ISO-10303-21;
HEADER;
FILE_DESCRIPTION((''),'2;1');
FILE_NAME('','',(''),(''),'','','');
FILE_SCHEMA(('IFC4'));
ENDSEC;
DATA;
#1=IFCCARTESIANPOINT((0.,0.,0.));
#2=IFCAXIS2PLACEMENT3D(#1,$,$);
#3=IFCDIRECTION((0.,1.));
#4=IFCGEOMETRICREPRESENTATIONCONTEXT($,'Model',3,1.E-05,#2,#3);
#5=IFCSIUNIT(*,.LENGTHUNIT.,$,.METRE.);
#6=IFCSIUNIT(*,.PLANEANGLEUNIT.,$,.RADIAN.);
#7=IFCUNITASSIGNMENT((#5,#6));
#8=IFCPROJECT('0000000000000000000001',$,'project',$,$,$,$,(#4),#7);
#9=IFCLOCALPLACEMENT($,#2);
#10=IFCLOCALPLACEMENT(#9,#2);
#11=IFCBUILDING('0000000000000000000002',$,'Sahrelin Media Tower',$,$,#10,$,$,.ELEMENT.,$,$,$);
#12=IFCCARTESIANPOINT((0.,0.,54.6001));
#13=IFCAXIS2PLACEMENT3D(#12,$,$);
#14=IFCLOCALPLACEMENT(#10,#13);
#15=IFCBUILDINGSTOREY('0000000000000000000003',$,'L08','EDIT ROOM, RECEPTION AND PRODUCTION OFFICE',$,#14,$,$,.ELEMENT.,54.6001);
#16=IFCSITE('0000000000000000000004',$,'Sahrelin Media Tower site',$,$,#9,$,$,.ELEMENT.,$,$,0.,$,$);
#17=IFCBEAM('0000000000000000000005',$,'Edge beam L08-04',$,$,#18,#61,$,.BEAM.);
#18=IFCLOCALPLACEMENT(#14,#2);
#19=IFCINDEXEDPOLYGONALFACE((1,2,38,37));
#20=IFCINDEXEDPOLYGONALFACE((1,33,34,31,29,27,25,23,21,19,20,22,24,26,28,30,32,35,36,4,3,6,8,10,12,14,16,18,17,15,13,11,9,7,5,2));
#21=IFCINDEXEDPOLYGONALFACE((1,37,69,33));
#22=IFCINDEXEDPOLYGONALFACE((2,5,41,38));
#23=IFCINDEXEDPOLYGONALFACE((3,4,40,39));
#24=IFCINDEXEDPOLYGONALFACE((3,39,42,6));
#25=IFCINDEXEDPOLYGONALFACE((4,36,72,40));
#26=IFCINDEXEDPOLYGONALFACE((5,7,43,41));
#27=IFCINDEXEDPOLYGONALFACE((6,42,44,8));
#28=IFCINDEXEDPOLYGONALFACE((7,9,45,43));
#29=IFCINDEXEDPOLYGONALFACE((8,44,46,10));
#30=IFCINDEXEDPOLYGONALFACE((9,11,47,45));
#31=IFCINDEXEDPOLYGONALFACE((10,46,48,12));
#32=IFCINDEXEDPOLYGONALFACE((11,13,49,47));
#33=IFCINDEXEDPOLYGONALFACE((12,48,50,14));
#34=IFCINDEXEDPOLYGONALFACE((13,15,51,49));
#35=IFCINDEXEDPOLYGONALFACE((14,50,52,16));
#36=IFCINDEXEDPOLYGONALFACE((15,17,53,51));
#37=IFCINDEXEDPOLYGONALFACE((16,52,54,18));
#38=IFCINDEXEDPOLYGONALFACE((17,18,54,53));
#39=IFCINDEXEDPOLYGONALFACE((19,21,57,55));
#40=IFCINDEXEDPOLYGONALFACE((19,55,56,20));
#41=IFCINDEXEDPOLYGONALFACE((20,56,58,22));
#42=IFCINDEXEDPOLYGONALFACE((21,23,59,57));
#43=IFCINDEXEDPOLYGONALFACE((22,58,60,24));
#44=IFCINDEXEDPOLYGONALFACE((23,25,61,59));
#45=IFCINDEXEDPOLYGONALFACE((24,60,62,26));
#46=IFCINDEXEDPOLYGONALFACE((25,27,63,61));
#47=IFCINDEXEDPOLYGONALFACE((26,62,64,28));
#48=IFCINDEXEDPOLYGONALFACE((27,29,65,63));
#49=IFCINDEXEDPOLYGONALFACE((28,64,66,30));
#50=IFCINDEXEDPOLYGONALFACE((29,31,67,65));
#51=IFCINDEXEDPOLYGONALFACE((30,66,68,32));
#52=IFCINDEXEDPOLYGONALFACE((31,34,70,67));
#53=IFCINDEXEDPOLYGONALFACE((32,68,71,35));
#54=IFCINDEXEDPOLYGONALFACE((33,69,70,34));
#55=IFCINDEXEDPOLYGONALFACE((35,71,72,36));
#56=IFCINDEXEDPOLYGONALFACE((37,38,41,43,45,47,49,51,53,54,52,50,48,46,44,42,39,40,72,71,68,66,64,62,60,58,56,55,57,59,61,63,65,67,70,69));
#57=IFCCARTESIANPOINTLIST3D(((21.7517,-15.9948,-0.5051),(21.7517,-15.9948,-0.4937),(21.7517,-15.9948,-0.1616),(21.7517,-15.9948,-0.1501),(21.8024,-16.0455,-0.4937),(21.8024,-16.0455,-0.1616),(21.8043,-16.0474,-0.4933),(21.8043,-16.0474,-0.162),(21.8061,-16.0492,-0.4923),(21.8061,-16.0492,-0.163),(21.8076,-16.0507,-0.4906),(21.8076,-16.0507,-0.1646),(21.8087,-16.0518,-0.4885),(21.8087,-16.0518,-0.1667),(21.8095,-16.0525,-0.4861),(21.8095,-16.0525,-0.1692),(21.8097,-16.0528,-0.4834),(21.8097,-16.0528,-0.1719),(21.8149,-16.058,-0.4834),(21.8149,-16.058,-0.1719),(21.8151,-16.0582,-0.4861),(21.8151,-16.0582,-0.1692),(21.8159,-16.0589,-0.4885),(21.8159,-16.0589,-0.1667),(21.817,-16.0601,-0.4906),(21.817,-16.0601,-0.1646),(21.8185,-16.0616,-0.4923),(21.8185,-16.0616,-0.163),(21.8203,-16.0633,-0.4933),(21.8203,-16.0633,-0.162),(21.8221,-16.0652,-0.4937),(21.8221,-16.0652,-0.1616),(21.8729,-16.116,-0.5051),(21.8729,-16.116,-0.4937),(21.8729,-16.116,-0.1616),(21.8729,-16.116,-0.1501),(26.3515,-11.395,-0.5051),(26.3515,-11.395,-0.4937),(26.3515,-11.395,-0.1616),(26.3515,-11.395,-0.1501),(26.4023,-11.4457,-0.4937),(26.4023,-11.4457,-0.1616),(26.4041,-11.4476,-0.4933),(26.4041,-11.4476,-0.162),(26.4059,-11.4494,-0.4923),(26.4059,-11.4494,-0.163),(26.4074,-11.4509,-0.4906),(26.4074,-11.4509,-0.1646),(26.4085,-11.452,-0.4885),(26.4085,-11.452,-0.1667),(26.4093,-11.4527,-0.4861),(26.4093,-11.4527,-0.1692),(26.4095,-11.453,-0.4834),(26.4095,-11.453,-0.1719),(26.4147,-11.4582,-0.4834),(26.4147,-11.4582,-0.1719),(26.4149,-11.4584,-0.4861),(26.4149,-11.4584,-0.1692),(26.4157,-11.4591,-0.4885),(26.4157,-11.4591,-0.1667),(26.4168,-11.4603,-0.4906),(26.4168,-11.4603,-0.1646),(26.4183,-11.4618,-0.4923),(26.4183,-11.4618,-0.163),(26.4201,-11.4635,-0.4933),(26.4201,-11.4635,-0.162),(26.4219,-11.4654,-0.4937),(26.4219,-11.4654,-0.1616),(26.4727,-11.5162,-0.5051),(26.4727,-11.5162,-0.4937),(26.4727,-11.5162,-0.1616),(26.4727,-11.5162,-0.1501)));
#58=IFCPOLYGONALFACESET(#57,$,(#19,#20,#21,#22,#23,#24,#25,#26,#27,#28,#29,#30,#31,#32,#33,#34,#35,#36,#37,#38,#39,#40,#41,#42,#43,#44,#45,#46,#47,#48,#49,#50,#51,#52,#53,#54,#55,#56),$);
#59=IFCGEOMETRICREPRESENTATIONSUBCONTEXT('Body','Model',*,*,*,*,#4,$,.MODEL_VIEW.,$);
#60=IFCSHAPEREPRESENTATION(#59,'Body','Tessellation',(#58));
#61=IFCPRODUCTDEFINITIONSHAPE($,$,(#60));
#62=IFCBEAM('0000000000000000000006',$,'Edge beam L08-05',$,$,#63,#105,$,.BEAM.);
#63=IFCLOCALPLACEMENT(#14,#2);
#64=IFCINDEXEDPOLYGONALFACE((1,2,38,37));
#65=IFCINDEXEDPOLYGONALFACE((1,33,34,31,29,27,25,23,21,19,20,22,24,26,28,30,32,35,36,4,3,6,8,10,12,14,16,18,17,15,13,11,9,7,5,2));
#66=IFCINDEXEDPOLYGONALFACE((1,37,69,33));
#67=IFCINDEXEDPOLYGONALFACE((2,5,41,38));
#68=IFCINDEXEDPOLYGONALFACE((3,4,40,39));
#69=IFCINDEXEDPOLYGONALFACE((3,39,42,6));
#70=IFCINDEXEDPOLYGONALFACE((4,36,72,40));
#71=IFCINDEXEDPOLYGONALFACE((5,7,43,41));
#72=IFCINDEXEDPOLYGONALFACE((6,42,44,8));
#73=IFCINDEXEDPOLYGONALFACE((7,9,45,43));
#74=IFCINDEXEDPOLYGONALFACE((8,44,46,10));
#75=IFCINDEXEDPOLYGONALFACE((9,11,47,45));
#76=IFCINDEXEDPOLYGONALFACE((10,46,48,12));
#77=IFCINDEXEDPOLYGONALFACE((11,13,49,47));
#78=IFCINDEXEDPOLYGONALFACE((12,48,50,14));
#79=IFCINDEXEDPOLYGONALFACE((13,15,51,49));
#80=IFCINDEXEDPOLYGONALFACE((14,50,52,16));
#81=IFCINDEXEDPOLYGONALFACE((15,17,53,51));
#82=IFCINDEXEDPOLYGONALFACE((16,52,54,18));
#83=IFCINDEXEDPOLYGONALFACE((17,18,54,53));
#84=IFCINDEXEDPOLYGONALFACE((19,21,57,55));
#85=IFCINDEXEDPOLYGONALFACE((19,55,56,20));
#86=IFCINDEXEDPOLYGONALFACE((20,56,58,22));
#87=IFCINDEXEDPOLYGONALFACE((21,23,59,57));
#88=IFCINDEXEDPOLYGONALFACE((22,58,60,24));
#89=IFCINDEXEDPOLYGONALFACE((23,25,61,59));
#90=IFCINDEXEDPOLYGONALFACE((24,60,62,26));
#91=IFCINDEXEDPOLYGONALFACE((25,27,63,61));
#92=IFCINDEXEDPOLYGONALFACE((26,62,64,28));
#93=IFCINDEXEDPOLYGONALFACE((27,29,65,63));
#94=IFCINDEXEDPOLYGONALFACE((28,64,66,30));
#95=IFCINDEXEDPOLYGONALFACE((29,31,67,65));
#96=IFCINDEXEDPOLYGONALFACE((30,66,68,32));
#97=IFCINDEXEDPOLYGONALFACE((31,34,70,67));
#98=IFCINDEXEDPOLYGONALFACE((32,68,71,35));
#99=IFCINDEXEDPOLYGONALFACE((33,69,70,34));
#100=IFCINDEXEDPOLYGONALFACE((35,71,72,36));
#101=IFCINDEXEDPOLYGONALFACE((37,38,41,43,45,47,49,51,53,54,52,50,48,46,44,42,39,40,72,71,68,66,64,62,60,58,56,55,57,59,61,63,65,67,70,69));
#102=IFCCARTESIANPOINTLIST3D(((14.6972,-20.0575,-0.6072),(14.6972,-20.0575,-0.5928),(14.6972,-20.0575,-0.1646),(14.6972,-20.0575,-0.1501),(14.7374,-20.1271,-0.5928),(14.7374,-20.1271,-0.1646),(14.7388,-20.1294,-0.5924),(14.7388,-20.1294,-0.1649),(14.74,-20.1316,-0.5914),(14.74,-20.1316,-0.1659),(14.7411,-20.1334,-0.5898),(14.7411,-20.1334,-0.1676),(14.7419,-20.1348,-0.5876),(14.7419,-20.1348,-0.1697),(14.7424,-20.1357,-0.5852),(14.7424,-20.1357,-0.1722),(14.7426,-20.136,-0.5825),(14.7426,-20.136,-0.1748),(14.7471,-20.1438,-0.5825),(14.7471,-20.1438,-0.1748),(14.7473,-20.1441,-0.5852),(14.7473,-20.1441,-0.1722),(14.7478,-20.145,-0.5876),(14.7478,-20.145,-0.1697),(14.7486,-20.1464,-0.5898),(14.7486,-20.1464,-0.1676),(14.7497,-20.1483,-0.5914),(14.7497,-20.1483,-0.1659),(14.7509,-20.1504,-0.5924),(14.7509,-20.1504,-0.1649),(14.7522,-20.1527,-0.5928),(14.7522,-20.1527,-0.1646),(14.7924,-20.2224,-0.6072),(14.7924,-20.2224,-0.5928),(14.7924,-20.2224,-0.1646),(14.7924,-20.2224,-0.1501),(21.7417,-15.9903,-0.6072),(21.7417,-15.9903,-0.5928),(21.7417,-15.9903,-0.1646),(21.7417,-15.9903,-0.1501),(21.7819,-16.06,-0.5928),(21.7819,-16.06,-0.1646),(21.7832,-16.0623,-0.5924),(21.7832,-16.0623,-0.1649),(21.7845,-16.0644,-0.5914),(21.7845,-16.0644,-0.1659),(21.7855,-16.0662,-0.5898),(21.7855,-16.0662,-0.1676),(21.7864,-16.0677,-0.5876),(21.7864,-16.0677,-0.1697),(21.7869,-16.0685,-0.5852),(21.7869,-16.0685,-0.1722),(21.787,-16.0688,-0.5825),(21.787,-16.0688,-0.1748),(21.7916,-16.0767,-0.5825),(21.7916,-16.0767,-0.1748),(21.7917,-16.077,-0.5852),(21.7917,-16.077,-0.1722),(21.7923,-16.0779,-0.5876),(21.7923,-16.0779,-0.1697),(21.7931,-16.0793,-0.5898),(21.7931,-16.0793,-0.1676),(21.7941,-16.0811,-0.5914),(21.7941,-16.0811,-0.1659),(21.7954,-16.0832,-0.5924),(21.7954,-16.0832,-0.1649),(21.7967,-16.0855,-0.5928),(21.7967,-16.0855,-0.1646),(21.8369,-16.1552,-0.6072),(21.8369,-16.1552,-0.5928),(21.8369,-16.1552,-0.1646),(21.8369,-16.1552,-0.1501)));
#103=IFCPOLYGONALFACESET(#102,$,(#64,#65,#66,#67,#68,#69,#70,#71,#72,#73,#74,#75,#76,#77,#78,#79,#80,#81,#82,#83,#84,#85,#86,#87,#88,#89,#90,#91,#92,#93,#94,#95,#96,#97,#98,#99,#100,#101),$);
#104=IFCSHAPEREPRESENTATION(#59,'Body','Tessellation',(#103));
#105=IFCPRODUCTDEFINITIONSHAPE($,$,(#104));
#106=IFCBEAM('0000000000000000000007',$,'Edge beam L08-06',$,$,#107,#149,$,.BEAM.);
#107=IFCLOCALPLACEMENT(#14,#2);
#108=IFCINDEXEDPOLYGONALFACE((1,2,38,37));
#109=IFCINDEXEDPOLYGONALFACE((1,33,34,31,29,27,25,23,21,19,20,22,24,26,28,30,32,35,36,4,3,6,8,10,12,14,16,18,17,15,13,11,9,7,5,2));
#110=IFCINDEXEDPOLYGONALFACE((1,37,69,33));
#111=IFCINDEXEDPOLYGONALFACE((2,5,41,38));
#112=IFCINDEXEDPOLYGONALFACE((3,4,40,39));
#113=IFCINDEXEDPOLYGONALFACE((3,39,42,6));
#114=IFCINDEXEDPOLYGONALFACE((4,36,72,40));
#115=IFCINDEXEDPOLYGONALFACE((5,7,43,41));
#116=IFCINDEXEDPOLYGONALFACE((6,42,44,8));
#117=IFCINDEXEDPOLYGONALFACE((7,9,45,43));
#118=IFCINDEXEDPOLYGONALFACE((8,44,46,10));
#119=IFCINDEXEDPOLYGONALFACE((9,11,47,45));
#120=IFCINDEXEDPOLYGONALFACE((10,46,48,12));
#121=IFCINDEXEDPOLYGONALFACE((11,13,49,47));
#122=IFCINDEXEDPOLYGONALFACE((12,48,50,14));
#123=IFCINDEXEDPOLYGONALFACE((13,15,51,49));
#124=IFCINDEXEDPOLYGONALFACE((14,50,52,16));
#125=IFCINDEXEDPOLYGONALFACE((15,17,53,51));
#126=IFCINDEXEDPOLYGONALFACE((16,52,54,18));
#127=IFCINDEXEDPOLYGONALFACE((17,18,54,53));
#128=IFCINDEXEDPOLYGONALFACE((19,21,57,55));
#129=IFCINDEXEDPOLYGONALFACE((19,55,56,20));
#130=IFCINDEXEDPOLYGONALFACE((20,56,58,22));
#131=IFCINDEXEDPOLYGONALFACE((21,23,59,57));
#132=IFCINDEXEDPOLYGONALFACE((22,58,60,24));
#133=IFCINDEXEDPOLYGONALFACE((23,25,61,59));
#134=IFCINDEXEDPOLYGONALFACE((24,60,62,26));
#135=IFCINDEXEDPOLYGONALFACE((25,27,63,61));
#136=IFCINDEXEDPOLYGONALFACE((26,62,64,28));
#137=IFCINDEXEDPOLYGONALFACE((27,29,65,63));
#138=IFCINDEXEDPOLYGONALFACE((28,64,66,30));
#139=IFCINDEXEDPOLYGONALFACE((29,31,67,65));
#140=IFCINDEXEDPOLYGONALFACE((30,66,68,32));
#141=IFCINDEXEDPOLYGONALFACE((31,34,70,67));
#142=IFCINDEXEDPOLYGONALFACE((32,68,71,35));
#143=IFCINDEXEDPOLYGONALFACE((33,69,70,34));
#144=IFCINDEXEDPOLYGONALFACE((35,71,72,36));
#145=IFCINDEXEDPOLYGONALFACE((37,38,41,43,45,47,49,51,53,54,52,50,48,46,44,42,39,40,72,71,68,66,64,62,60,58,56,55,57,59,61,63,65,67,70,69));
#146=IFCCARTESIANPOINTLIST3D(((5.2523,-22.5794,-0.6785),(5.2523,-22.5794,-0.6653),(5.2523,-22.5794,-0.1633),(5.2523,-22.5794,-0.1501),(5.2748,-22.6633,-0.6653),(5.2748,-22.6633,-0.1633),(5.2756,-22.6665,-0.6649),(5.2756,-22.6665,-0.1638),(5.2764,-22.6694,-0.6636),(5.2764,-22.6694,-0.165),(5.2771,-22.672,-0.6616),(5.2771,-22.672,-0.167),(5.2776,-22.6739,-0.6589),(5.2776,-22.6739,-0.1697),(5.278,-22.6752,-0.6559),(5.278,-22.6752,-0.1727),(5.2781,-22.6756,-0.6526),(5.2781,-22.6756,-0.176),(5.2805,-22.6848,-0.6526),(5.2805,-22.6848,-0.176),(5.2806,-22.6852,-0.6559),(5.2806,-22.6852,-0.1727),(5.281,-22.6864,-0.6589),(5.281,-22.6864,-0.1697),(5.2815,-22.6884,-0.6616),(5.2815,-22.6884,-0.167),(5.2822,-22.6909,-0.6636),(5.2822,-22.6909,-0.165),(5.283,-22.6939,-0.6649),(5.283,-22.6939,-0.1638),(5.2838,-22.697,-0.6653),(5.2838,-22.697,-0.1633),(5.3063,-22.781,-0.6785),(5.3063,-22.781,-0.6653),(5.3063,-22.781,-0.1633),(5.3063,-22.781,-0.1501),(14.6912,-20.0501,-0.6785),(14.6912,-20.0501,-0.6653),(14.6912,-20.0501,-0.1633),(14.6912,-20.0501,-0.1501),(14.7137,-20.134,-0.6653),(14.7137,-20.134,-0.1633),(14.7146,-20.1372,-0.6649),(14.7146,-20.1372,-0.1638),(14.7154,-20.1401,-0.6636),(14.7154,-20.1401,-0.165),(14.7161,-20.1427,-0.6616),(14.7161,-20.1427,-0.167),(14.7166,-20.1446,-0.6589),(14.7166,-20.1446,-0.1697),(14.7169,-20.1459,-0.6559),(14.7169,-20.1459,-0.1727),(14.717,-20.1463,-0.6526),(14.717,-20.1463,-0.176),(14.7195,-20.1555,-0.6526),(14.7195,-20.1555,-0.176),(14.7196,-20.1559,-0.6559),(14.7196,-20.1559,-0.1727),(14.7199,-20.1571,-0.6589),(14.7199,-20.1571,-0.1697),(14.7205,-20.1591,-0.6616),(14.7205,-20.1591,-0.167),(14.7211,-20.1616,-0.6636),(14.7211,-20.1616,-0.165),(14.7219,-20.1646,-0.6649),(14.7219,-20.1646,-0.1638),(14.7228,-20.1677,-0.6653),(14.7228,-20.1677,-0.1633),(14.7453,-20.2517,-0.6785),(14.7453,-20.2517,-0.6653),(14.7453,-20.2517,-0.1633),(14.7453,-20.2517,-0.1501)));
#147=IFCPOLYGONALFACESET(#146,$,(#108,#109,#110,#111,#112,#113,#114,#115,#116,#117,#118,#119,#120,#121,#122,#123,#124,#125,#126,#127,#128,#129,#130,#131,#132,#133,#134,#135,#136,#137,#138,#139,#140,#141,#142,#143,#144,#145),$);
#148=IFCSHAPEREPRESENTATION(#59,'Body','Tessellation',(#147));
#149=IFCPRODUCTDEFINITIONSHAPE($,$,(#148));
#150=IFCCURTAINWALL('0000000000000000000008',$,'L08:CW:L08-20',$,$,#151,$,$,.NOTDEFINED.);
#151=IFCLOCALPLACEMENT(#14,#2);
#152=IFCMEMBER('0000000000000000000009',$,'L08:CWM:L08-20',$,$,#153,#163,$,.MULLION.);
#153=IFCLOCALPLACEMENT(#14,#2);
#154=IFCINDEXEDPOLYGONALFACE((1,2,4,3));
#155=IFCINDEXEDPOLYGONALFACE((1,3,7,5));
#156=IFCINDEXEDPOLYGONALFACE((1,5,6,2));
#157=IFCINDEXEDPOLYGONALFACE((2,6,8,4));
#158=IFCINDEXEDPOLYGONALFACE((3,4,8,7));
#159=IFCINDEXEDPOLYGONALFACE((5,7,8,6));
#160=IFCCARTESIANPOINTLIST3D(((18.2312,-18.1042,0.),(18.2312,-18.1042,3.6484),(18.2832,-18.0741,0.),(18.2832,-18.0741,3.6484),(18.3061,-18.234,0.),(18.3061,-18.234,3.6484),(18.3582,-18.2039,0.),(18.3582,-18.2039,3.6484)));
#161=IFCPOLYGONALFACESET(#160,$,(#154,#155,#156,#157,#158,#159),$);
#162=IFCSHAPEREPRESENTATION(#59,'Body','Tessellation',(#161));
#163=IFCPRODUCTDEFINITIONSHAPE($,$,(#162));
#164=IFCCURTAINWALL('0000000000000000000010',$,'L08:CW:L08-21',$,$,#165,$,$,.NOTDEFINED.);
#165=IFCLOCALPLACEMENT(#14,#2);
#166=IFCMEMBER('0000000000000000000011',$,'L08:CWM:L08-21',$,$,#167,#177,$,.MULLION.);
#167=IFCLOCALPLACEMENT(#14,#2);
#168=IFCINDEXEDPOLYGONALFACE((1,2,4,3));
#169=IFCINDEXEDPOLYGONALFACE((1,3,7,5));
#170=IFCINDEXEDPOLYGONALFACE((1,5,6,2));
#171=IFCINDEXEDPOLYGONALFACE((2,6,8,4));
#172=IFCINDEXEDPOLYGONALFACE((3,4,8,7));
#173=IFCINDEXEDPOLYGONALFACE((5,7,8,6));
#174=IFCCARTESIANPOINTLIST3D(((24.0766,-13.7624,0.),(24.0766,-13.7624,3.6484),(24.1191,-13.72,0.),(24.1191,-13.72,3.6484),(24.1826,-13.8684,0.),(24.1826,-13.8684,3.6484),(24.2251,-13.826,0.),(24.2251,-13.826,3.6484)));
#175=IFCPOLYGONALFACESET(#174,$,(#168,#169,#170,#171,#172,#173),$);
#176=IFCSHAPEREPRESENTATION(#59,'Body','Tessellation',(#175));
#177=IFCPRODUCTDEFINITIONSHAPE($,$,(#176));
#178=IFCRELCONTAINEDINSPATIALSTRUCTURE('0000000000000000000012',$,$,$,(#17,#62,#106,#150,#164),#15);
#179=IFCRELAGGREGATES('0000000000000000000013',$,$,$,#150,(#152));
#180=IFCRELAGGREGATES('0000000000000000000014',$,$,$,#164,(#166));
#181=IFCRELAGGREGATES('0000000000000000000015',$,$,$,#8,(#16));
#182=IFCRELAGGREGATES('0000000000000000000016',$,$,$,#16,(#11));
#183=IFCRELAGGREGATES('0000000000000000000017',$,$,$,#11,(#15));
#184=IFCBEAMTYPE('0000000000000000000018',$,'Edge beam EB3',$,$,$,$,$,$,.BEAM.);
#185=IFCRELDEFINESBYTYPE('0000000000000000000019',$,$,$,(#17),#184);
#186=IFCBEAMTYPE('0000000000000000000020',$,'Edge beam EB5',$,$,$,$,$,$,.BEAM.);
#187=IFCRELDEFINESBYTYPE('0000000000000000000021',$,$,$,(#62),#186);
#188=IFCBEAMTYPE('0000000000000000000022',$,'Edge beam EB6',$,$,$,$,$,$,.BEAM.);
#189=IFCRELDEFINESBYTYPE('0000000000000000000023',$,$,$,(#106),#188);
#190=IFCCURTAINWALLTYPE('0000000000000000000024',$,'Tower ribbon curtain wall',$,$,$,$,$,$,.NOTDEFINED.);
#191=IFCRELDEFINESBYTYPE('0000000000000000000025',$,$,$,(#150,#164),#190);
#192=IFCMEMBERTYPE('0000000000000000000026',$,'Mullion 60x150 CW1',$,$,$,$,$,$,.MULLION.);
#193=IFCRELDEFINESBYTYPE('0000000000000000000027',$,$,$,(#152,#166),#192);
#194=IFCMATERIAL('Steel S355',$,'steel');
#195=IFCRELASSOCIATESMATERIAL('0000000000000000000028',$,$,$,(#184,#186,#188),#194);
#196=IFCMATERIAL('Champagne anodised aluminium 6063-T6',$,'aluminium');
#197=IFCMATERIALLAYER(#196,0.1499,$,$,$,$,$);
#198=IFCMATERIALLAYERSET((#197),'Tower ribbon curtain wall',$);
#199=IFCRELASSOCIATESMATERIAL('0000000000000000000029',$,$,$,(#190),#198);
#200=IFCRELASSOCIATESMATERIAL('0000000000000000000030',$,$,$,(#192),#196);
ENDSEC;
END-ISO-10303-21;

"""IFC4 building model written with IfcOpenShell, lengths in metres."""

from ifc_helpers import new_model, si_unit, direction, frame, origin, origin_2d, place, context, subcontext, project, spatial, rectangle, i_section, extrude, material, layer, layer_set, material_profile, profile_set, type_object, element, aggregate, save


model = new_model("IFC4")

# Units and contexts
model_context = context("Model", 3, precision=1e-05, world=origin(), true_north=direction((0.0, 1.0)))
body_context = subcontext(model_context, "Body", "Model", "MODEL_VIEW")
ifc_project = project(units=[si_unit("LENGTHUNIT", "METRE"), si_unit("PLANEANGLEUNIT", "RADIAN")], contexts=[model_context])

# Site, building, storey
site_placement = place(None, origin())
site = spatial("IfcSite", under=ifc_project, at=site_placement, Name="Sahrelin Media Tower site", CompositionType="ELEMENT", RefElevation=0.0)
building_placement = place(site_placement, origin())
building = spatial("IfcBuilding", under=site, at=building_placement, Name="Sahrelin Media Tower", CompositionType="ELEMENT")
storey_placement = place(building_placement, frame((0.0, 0.0, 54.6001)))
storey = spatial("IfcBuildingStorey", under=building, at=storey_placement, Name="L08", Description="EDIT ROOM, RECEPTION AND PRODUCTION OFFICE", CompositionType="ELEMENT", Elevation=54.6001)

# Beams
ifc_material_1 = material(Name="Steel S355", Category="steel")
ifc_material_profile_1 = material_profile(ifc_material_1, i_section(OverallWidth=0.1714, OverallDepth=0.355, WebThickness=0.0073, FlangeThickness=0.0115, FilletRadius=0.0103, at=origin_2d()), Name="UB 356x171x51")
ifc_profile_set_1 = profile_set([ifc_material_profile_1], Name="Steel S355")
beam_type_1 = type_object("IfcBeamType", Name="Edge beam EB3", PredefinedType="BEAM", material=ifc_profile_set_1)
beam_1_placement = place(storey_placement, frame((26.4121, -11.4556, -0.3276), z_axis=(-0.707107, -0.707107, 0.0), x_axis=(0.707107, -0.707107, 0.0)))
element("IfcBeam", 1, at=beam_1_placement, inside=storey, type_object=beam_type_1, Name="Edge beam L08-04", PredefinedType="BEAM", context=body_context, shape_type="SweptSolid", body=[
    extrude(i_section(OverallWidth=0.1714, OverallDepth=0.355, WebThickness=0.0073, FlangeThickness=0.0115, FilletRadius=0.0103, at=origin_2d()), origin(), (0.0, 0.0, 1.0), 6.5051),
])
ifc_material_profile_2 = material_profile(ifc_material_1, i_section(OverallWidth=0.1904, OverallDepth=0.457, WebThickness=0.009, FlangeThickness=0.0144, FilletRadius=0.0103, at=origin_2d()), Name="UB 457x191x74")
ifc_profile_set_2 = profile_set([ifc_material_profile_2], Name="Steel S355")
beam_type_2 = type_object("IfcBeamType", Name="Edge beam EB5", PredefinedType="BEAM", material=ifc_profile_set_2)
beam_2_placement = place(storey_placement, frame((21.7893, -16.0728, -0.3787), z_axis=(-0.866024, -0.500003, 0.0), x_axis=(0.500003, -0.866024, 0.0)))
element("IfcBeam", 2, at=beam_2_placement, inside=storey, type_object=beam_type_2, Name="Edge beam L08-05", PredefinedType="BEAM", context=body_context, shape_type="SweptSolid", body=[
    extrude(i_section(OverallWidth=0.1904, OverallDepth=0.457, WebThickness=0.009, FlangeThickness=0.0144, FilletRadius=0.0103, at=origin_2d()), origin(), (0.0, 0.0, 1.0), 8.1343),
])
ifc_material_profile_3 = material_profile(ifc_material_1, i_section(OverallWidth=0.2087, OverallDepth=0.5283, WebThickness=0.0095, FlangeThickness=0.0132, FilletRadius=0.0127, at=origin_2d()), Name="UB 533x210x82")
ifc_profile_set_3 = profile_set([ifc_material_profile_3], Name="Steel S355")
beam_type_3 = type_object("IfcBeamType", Name="Edge beam EB6", PredefinedType="BEAM", material=ifc_profile_set_3)
beam_3_placement = place(storey_placement, frame((14.7183, -20.1509, -0.4143), z_axis=(-0.965922, -0.258832, 0.0), x_axis=(0.258832, -0.965922, 0.0)))
element("IfcBeam", 3, at=beam_3_placement, inside=storey, type_object=beam_type_3, Name="Edge beam L08-06", PredefinedType="BEAM", context=body_context, shape_type="SweptSolid", body=[
    extrude(i_section(OverallWidth=0.2087, OverallDepth=0.5283, WebThickness=0.0095, FlangeThickness=0.0132, FilletRadius=0.0127, at=origin_2d()), origin(), (0.0, 0.0, 1.0), 9.772),
])

# Curtain walls, members
ifc_material_2 = material(Name="Champagne anodised aluminium 6063-T6", Category="aluminium")
ifc_layer_1 = layer(ifc_material_2, 0.1499)
ifc_layer_set_1 = layer_set([ifc_layer_1], Name="Tower ribbon curtain wall")
curtain_wall_type = type_object("IfcCurtainWallType", Name="Tower ribbon curtain wall", PredefinedType="NOTDEFINED", material=ifc_layer_set_1)
curtain_wall_1_placement = place(storey_placement, frame((18.342, -18.2363, 0.0), z_axis=(0.0, 0.0, 1.0), x_axis=(1.0, 0.0, 0.0)))
curtain_wall_1 = element("IfcCurtainWall", 4, at=curtain_wall_1_placement, inside=storey, type_object=curtain_wall_type, Name="L08:CW:L08-20", PredefinedType="NOTDEFINED")
ifc_material_profile_4 = material_profile(ifc_material_2, rectangle(XDim=0.0601, YDim=0.1499, at=origin_2d()), Name="Mullion 60x150")
ifc_profile_set_4 = profile_set([ifc_material_profile_4], Name="Champagne anodised aluminium 6063-T6")
member_type_1 = type_object("IfcMemberType", Name="Mullion 60x150 CW1", PredefinedType="MULLION", material=ifc_profile_set_4)
member_1_placement = place(storey_placement, frame((18.2947, -18.1541, 0.0), z_axis=(0.0, 0.0, 1.0), x_axis=(0.866027, 0.499997, 0.0)))
member_1 = element("IfcMember", 5, at=member_1_placement, type_object=member_type_1, Name="L08:CWM:L08-20", PredefinedType="MULLION", context=body_context, shape_type="SweptSolid", body=[
    extrude(rectangle(XDim=0.0601, YDim=0.1499, at=origin_2d()), origin(), (0.0, 0.0, 1.0), 3.6484),
])
curtain_wall_2_placement = place(storey_placement, frame((24.2183, -13.8616, 0.0), z_axis=(0.0, 0.0, 1.0), x_axis=(1.0, 0.0, 0.0)))
curtain_wall_2 = element("IfcCurtainWall", 6, at=curtain_wall_2_placement, inside=storey, type_object=curtain_wall_type, Name="L08:CW:L08-21", PredefinedType="NOTDEFINED")
member_2_placement = place(storey_placement, frame((24.1509, -13.7942, 0.0), z_axis=(0.0, 0.0, 1.0), x_axis=(0.707107, 0.707107, 0.0)))
member_2 = element("IfcMember", 7, at=member_2_placement, type_object=member_type_1, Name="L08:CWM:L08-21", PredefinedType="MULLION", context=body_context, shape_type="SweptSolid", body=[
    extrude(rectangle(XDim=0.0601, YDim=0.1499, at=origin_2d()), origin(), (0.0, 0.0, 1.0), 3.6484),
])

aggregate(curtain_wall_1, [member_1])
aggregate(curtain_wall_2, [member_2])

save(model, "model.ifc")
